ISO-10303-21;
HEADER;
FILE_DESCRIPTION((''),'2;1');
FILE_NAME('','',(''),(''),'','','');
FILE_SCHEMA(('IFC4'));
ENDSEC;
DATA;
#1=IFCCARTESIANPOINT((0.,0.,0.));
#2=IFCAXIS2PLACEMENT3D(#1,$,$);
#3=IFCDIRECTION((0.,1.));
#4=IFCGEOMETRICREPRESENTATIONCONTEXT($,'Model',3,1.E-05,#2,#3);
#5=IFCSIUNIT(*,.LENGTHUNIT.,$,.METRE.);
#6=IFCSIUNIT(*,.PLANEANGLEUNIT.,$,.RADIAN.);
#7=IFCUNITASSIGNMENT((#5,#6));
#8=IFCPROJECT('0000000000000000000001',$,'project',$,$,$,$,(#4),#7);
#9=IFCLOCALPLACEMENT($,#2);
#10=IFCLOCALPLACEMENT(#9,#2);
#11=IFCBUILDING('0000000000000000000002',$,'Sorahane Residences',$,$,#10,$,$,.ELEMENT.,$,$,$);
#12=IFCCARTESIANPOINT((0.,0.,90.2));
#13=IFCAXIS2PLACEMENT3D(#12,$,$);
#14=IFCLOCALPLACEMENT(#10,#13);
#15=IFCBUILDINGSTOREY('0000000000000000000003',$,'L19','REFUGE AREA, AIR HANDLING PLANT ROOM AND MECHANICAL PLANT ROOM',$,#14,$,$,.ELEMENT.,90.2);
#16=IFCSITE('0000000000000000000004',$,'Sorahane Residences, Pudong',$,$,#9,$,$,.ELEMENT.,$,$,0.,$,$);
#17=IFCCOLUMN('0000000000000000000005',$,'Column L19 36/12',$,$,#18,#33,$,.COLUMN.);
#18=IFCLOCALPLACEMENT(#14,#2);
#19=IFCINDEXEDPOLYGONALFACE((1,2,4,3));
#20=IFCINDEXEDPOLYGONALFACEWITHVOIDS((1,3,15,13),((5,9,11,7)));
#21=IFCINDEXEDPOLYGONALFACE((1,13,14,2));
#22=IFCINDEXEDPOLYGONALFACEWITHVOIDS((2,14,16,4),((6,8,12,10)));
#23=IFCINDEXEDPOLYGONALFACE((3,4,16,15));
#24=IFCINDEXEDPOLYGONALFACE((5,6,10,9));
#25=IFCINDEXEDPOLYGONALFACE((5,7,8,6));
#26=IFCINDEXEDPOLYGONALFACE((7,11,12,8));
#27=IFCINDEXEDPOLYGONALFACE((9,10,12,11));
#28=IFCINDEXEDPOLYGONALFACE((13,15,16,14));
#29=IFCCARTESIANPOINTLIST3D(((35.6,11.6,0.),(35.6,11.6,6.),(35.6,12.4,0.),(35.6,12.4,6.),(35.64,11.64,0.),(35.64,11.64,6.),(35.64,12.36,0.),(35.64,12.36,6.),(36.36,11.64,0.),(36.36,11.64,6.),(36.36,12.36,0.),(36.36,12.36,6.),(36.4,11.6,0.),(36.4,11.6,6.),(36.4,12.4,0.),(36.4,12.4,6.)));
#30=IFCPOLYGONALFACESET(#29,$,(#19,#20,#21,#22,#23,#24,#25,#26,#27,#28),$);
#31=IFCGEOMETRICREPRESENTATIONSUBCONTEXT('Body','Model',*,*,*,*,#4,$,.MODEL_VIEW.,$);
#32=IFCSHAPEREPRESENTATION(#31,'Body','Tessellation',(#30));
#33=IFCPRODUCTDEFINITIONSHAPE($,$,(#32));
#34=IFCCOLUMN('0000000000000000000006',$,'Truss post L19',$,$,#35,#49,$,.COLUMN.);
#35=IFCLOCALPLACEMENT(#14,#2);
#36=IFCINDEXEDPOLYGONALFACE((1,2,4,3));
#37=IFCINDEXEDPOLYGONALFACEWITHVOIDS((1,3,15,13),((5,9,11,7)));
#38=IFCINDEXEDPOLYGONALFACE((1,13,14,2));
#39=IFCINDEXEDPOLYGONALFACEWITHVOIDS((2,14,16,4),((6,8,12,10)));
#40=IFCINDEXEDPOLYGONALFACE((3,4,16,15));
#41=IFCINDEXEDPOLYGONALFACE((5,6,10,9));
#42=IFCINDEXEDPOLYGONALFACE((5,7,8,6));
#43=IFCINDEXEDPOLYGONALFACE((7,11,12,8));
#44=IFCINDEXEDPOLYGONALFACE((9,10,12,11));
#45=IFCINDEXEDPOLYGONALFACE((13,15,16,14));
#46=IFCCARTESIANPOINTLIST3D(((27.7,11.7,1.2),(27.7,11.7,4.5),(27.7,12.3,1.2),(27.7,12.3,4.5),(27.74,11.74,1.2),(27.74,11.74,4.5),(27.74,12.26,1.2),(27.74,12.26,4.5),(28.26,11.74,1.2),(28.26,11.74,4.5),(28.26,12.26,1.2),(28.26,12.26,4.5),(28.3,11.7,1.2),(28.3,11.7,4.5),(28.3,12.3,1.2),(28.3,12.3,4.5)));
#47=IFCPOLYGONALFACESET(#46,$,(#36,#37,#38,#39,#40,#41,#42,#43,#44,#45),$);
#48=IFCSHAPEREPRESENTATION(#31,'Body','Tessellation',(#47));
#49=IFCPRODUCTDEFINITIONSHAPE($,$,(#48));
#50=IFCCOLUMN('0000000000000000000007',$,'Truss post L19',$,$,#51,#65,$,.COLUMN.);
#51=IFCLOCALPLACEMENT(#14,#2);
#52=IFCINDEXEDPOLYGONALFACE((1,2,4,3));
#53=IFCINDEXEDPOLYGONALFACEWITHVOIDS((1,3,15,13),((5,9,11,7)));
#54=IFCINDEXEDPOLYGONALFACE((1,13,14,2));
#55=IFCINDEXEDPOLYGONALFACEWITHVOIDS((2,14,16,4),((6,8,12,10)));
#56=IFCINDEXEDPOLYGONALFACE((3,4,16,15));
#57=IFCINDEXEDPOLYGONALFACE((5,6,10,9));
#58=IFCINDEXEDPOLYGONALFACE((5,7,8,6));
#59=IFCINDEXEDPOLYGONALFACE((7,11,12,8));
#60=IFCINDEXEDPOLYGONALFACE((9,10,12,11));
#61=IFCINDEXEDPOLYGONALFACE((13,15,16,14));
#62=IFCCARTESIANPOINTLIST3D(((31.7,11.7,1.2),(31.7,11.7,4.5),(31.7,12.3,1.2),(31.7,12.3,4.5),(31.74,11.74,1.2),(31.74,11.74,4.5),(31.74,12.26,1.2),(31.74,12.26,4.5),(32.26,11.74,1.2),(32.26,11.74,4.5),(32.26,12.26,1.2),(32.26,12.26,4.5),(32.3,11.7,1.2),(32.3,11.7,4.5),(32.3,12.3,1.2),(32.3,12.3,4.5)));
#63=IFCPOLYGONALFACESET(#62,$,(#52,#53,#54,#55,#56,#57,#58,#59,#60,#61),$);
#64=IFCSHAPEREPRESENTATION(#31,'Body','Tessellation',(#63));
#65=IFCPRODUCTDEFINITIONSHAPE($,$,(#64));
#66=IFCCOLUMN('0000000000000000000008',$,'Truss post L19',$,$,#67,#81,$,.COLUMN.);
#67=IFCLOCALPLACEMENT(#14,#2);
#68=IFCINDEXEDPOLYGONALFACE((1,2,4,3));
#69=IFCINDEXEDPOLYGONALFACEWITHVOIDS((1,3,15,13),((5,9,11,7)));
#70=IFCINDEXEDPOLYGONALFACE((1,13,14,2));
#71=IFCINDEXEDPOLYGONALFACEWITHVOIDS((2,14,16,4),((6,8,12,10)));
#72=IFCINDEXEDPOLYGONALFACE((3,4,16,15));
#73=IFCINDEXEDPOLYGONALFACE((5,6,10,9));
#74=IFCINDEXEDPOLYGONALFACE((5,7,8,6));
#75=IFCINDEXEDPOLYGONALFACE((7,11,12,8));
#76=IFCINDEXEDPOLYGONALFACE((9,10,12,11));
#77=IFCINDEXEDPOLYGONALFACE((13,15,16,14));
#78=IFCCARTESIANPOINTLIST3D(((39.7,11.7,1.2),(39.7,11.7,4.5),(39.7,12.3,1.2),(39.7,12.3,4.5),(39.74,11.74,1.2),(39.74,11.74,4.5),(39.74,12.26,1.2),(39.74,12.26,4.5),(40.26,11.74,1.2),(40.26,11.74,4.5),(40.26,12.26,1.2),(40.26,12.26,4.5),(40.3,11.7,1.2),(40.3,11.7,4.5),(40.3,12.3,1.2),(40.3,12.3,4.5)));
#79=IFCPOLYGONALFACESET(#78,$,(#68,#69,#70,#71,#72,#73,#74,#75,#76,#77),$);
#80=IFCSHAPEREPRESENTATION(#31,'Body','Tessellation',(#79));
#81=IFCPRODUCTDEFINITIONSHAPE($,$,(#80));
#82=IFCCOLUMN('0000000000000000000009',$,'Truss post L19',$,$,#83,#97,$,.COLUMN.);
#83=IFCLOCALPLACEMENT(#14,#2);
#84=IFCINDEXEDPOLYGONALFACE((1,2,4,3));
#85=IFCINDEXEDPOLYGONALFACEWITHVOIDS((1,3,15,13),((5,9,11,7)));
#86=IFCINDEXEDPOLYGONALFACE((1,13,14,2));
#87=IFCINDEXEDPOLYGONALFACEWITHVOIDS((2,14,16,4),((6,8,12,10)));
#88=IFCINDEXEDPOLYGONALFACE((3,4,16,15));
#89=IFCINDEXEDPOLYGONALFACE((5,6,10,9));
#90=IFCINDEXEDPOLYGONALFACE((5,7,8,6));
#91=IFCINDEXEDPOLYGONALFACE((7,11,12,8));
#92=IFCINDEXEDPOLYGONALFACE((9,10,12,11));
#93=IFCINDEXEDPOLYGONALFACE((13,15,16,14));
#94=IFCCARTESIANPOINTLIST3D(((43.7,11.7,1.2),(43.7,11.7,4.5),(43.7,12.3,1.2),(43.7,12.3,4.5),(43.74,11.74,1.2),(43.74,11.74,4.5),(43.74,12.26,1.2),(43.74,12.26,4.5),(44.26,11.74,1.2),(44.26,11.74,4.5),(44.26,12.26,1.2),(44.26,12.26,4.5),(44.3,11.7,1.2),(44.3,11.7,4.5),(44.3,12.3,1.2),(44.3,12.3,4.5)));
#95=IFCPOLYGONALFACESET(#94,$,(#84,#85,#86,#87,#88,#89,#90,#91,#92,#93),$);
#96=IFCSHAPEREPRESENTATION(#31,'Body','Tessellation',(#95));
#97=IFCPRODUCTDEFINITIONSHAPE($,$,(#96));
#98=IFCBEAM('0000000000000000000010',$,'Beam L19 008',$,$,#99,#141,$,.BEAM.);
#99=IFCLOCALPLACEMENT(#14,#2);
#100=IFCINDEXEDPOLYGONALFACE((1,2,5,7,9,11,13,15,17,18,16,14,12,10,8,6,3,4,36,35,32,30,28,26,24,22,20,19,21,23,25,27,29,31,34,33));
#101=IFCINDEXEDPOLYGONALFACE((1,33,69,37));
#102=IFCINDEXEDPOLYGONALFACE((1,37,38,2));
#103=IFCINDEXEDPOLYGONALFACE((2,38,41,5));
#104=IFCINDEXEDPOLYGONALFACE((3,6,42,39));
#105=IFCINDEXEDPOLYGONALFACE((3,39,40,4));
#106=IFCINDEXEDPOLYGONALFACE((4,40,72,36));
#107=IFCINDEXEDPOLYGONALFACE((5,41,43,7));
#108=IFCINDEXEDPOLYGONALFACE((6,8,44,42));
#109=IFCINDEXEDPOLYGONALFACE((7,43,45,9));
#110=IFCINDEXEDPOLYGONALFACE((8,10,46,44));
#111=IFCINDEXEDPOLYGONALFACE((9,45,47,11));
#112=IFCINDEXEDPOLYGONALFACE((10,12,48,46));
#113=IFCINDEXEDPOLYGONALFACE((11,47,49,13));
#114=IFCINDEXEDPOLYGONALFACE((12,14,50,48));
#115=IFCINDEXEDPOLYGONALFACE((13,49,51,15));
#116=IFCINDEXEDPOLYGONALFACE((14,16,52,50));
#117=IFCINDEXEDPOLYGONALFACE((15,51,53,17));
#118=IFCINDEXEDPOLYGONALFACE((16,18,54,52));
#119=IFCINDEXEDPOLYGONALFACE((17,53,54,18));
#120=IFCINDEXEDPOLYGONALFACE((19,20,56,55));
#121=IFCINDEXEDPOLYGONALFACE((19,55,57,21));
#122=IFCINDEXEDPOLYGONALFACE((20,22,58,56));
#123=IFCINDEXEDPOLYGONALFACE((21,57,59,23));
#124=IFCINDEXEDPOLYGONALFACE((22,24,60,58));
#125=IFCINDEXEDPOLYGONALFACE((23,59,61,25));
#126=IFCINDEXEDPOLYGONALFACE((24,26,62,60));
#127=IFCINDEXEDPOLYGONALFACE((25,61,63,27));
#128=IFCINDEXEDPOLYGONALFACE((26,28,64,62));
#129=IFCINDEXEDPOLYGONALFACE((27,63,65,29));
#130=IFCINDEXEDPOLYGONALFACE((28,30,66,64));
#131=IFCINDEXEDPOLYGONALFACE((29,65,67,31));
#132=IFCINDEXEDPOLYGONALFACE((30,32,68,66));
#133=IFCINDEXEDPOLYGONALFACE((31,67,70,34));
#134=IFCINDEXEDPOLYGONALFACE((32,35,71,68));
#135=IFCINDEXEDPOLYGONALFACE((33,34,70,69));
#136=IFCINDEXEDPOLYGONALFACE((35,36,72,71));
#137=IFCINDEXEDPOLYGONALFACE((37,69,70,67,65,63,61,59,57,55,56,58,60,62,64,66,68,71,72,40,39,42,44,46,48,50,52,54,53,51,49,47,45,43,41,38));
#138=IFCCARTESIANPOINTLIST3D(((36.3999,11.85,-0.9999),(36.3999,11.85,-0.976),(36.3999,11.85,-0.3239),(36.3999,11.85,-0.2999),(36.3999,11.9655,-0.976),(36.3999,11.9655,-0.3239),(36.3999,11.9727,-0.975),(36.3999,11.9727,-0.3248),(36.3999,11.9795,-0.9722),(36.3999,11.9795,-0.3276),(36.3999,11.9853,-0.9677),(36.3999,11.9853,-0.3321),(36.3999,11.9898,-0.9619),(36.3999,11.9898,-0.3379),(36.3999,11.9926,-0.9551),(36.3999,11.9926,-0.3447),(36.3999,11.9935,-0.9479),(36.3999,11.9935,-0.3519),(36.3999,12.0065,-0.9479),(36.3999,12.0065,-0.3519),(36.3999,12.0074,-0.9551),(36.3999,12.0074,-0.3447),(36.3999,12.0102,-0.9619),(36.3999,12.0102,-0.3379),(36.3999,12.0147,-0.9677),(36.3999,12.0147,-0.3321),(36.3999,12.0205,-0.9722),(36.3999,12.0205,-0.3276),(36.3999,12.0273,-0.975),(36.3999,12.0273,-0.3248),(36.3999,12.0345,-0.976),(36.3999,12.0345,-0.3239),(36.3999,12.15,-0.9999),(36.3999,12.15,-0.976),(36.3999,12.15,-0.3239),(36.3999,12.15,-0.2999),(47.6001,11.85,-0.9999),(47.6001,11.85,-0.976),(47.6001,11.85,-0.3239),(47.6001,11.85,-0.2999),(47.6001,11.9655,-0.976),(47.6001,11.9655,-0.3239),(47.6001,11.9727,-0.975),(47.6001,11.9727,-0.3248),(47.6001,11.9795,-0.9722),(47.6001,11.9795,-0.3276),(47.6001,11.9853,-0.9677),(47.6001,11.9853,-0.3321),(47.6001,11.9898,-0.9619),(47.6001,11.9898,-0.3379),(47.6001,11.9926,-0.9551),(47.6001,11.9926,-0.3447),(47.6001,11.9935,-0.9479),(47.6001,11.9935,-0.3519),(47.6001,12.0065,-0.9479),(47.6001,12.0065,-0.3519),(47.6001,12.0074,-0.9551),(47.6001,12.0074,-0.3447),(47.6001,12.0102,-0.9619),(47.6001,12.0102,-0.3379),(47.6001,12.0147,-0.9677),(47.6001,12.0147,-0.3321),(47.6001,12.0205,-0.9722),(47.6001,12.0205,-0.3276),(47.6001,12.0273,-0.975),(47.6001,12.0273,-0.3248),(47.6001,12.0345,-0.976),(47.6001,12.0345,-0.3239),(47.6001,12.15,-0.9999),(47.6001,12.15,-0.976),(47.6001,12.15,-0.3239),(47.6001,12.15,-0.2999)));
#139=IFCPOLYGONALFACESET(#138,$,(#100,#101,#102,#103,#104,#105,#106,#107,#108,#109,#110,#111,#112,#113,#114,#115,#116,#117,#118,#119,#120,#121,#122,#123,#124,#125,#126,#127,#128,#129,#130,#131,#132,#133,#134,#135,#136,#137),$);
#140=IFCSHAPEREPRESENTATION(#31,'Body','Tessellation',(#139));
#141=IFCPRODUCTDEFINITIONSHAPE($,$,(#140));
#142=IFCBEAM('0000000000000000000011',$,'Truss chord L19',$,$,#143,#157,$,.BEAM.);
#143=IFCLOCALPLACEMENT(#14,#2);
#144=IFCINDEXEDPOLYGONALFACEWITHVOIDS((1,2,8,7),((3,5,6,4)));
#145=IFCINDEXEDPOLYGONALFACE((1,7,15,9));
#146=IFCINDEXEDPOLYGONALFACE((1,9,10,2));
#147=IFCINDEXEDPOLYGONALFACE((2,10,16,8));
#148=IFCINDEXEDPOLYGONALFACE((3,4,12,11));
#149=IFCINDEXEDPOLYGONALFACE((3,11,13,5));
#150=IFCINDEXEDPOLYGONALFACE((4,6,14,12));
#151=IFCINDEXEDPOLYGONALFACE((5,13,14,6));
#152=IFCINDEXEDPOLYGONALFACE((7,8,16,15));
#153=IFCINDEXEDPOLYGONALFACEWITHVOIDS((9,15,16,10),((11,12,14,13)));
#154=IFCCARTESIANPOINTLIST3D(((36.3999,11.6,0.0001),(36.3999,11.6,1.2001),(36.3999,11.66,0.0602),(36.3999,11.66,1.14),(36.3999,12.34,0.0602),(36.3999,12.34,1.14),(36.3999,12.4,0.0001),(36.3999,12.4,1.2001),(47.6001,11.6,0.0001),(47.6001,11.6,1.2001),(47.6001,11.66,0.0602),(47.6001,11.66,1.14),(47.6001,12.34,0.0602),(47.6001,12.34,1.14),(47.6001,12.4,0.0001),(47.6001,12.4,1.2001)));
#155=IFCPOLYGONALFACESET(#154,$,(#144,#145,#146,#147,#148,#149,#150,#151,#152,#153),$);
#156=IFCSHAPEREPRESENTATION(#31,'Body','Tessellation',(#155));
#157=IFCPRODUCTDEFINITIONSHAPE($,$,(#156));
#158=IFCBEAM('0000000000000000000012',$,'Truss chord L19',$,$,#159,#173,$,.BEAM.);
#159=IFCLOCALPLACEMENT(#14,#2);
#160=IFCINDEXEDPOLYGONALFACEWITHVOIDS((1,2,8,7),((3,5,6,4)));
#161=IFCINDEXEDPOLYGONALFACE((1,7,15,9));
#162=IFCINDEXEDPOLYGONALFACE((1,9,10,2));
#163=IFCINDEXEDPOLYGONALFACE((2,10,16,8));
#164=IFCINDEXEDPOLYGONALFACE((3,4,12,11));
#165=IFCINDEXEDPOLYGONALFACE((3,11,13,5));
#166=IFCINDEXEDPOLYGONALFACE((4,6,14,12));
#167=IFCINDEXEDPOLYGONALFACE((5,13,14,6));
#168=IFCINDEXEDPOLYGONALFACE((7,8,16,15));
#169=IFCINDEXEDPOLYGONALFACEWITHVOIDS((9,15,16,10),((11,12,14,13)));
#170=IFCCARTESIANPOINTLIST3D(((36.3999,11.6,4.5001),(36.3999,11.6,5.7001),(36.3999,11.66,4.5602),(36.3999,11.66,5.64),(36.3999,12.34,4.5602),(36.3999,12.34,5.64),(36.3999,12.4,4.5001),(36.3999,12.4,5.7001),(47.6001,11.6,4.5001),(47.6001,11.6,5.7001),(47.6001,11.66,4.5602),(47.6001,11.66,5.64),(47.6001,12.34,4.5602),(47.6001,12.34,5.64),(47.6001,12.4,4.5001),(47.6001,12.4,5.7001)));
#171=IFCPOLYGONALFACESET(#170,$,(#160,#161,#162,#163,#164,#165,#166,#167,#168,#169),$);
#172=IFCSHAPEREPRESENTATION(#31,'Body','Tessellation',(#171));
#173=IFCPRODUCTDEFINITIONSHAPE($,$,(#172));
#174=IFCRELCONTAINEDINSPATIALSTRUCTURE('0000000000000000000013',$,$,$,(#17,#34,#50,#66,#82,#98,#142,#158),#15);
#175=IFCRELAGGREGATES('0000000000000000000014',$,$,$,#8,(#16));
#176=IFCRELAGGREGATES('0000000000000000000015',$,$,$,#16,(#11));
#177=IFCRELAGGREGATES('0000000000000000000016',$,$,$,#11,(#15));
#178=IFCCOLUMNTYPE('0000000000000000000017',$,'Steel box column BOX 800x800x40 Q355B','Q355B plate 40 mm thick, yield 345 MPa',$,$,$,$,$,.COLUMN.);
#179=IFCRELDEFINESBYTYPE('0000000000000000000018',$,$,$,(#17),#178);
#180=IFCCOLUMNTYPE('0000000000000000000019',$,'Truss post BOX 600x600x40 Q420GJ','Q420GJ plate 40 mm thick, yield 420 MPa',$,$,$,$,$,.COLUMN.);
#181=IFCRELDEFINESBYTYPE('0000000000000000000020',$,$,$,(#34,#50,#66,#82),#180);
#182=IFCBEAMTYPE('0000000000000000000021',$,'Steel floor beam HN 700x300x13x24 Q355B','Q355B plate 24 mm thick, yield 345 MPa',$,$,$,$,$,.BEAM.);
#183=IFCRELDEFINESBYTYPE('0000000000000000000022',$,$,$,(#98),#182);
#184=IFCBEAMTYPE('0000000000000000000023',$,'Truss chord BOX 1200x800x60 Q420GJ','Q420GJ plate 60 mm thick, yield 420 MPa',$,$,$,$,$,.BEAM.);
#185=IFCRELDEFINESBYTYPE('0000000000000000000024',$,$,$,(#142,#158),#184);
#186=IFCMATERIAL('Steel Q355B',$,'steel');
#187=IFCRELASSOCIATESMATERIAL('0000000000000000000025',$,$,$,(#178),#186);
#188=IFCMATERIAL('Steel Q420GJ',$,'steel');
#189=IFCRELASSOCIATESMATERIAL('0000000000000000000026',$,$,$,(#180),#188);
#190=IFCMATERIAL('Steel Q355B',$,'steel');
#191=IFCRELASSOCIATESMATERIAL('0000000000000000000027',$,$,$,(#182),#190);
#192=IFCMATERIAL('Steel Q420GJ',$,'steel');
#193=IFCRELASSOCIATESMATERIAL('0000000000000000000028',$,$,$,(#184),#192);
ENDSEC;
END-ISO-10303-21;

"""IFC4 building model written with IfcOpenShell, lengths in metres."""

from ifc_helpers import new_model, si_unit, direction, frame, origin, origin_2d, place, context, subcontext, project, spatial, hollow_rectangle, i_section, extrude, material, material_profile, profile_set, type_object, element, save


model = new_model("IFC4")

# Units and contexts
model_context = context("Model", 3, precision=1e-05, world=origin(), true_north=direction((0.0, 1.0)))
body_context = subcontext(model_context, "Body", "Model", "MODEL_VIEW")
ifc_project = project(units=[si_unit("LENGTHUNIT", "METRE"), si_unit("PLANEANGLEUNIT", "RADIAN")], contexts=[model_context])

# Site, building, storey
site_placement = place(None, origin())
site = spatial("IfcSite", under=ifc_project, at=site_placement, Name="Sorahane Residences, Pudong", CompositionType="ELEMENT", RefElevation=0.0)
building_placement = place(site_placement, origin())
building = spatial("IfcBuilding", under=site, at=building_placement, Name="Sorahane Residences", CompositionType="ELEMENT")
storey_placement = place(building_placement, frame((0.0, 0.0, 90.2)))
storey = spatial("IfcBuildingStorey", under=building, at=storey_placement, Name="L19", Description="REFUGE AREA, AIR HANDLING PLANT ROOM AND MECHANICAL PLANT ROOM", CompositionType="ELEMENT", Elevation=90.2)

# Columns
ifc_material_1 = material(Name="Steel Q355B", Category="steel")
ifc_material_profile_1 = material_profile(ifc_material_1, hollow_rectangle(XDim=0.8, YDim=0.8, WallThickness=0.04, at=origin_2d()), Name="BOX 800x800x40")
ifc_profile_set_1 = profile_set([ifc_material_profile_1], Name="Steel Q355B")
column_type_1 = type_object("IfcColumnType", Name="Steel box column BOX 800x800x40 Q355B", Description="Q355B plate 40 mm thick, yield 345 MPa", PredefinedType="COLUMN", material=ifc_profile_set_1)
column_placement = place(storey_placement, frame((36.0, 12.0, 0.0), z_axis=(0.0, 0.0, 1.0), x_axis=(1.0, 0.0, 0.0)))
element("IfcColumn", 1, at=column_placement, inside=storey, type_object=column_type_1, Name="Column L19 36/12", PredefinedType="COLUMN", context=body_context, shape_type="SweptSolid", body=[
    extrude(hollow_rectangle(XDim=0.8, YDim=0.8, WallThickness=0.04, at=origin_2d()), origin(), (0.0, 0.0, 1.0), 6.0),
])
ifc_material_2 = material(Name="Steel Q420GJ", Category="steel")
ifc_material_profile_2 = material_profile(ifc_material_2, hollow_rectangle(XDim=0.6001, YDim=0.6001, WallThickness=0.04, at=origin_2d()), Name="BOX 600x600x40")
ifc_profile_set_2 = profile_set([ifc_material_profile_2], Name="Steel Q420GJ")
column_type_2 = type_object("IfcColumnType", Name="Truss post BOX 600x600x40 Q420GJ", Description="Q420GJ plate 40 mm thick, yield 420 MPa", PredefinedType="COLUMN", material=ifc_profile_set_2)
for number, where, z_axis, x_axis, name in (
    (2, (28.0, 12.0, 1.2), (0.0, 0.0, 1.0), (1.0, 0.0, 0.0), "Truss post L19"),
    (3, (32.0, 12.0, 1.2), (0.0, 0.0, 1.0), (1.0, 0.0, 0.0), "Truss post L19"),
    (4, (40.0, 12.0, 1.2), (0.0, 0.0, 1.0), (1.0, 0.0, 0.0), "Truss post L19"),
    (5, (44.0, 12.0, 1.2), (0.0, 0.0, 1.0), (1.0, 0.0, 0.0), "Truss post L19"),
):
    element("IfcColumn", number, at=place(storey_placement, frame(where, z_axis=z_axis, x_axis=x_axis)), inside=storey, type_object=column_type_2, Name=name, PredefinedType="COLUMN", context=body_context, shape_type="SweptSolid", body=[
        extrude(hollow_rectangle(XDim=0.6001, YDim=0.6001, WallThickness=0.04, at=origin_2d()), origin(), (0.0, 0.0, 1.0), 3.3),
    ])

# Beams
ifc_material_3 = material(Name="Steel Q355B", Category="steel")
ifc_material_profile_3 = material_profile(ifc_material_3, i_section(OverallWidth=0.3, OverallDepth=0.7, WebThickness=0.0129, FlangeThickness=0.0239, FilletRadius=0.0281, at=origin_2d()), Name="HN 700x300x13x24")
ifc_profile_set_3 = profile_set([ifc_material_profile_3], Name="Steel Q355B")
beam_type_1 = type_object("IfcBeamType", Name="Steel floor beam HN 700x300x13x24 Q355B", Description="Q355B plate 24 mm thick, yield 345 MPa", PredefinedType="BEAM", material=ifc_profile_set_3)
beam_placement = place(storey_placement, frame((36.3999, 12.0, -0.6499), z_axis=(1.0, 0.0, 0.0), x_axis=(0.0, 1.0, 0.0)))
element("IfcBeam", 6, at=beam_placement, inside=storey, type_object=beam_type_1, Name="Beam L19 008", PredefinedType="BEAM", context=body_context, shape_type="SweptSolid", body=[
    extrude(i_section(OverallWidth=0.3, OverallDepth=0.7, WebThickness=0.0129, FlangeThickness=0.0239, FilletRadius=0.0281, at=origin_2d()), origin(), (0.0, 0.0, 1.0), 11.2002),
])
ifc_material_4 = material(Name="Steel Q420GJ", Category="steel")
ifc_material_profile_4 = material_profile(ifc_material_4, hollow_rectangle(XDim=0.8, YDim=1.2, WallThickness=0.0601, at=origin_2d()), Name="BOX 1200x800x60")
ifc_profile_set_4 = profile_set([ifc_material_profile_4], Name="Steel Q420GJ")
beam_type_2 = type_object("IfcBeamType", Name="Truss chord BOX 1200x800x60 Q420GJ", Description="Q420GJ plate 60 mm thick, yield 420 MPa", PredefinedType="BEAM", material=ifc_profile_set_4)
for number, where, z_axis, x_axis, name in (
    (7, (36.3999, 12.0, 0.6001), (1.0, 0.0, 0.0), (0.0, 1.0, 0.0), "Truss chord L19"),
    (8, (36.3999, 12.0, 5.1001), (1.0, 0.0, 0.0), (0.0, 1.0, 0.0), "Truss chord L19"),
):
    element("IfcBeam", number, at=place(storey_placement, frame(where, z_axis=z_axis, x_axis=x_axis)), inside=storey, type_object=beam_type_2, Name=name, PredefinedType="BEAM", context=body_context, shape_type="SweptSolid", body=[
        extrude(hollow_rectangle(XDim=0.8, YDim=1.2, WallThickness=0.0601, at=origin_2d()), origin(), (0.0, 0.0, 1.0), 11.2002),
    ])

save(model, "model.ifc")
